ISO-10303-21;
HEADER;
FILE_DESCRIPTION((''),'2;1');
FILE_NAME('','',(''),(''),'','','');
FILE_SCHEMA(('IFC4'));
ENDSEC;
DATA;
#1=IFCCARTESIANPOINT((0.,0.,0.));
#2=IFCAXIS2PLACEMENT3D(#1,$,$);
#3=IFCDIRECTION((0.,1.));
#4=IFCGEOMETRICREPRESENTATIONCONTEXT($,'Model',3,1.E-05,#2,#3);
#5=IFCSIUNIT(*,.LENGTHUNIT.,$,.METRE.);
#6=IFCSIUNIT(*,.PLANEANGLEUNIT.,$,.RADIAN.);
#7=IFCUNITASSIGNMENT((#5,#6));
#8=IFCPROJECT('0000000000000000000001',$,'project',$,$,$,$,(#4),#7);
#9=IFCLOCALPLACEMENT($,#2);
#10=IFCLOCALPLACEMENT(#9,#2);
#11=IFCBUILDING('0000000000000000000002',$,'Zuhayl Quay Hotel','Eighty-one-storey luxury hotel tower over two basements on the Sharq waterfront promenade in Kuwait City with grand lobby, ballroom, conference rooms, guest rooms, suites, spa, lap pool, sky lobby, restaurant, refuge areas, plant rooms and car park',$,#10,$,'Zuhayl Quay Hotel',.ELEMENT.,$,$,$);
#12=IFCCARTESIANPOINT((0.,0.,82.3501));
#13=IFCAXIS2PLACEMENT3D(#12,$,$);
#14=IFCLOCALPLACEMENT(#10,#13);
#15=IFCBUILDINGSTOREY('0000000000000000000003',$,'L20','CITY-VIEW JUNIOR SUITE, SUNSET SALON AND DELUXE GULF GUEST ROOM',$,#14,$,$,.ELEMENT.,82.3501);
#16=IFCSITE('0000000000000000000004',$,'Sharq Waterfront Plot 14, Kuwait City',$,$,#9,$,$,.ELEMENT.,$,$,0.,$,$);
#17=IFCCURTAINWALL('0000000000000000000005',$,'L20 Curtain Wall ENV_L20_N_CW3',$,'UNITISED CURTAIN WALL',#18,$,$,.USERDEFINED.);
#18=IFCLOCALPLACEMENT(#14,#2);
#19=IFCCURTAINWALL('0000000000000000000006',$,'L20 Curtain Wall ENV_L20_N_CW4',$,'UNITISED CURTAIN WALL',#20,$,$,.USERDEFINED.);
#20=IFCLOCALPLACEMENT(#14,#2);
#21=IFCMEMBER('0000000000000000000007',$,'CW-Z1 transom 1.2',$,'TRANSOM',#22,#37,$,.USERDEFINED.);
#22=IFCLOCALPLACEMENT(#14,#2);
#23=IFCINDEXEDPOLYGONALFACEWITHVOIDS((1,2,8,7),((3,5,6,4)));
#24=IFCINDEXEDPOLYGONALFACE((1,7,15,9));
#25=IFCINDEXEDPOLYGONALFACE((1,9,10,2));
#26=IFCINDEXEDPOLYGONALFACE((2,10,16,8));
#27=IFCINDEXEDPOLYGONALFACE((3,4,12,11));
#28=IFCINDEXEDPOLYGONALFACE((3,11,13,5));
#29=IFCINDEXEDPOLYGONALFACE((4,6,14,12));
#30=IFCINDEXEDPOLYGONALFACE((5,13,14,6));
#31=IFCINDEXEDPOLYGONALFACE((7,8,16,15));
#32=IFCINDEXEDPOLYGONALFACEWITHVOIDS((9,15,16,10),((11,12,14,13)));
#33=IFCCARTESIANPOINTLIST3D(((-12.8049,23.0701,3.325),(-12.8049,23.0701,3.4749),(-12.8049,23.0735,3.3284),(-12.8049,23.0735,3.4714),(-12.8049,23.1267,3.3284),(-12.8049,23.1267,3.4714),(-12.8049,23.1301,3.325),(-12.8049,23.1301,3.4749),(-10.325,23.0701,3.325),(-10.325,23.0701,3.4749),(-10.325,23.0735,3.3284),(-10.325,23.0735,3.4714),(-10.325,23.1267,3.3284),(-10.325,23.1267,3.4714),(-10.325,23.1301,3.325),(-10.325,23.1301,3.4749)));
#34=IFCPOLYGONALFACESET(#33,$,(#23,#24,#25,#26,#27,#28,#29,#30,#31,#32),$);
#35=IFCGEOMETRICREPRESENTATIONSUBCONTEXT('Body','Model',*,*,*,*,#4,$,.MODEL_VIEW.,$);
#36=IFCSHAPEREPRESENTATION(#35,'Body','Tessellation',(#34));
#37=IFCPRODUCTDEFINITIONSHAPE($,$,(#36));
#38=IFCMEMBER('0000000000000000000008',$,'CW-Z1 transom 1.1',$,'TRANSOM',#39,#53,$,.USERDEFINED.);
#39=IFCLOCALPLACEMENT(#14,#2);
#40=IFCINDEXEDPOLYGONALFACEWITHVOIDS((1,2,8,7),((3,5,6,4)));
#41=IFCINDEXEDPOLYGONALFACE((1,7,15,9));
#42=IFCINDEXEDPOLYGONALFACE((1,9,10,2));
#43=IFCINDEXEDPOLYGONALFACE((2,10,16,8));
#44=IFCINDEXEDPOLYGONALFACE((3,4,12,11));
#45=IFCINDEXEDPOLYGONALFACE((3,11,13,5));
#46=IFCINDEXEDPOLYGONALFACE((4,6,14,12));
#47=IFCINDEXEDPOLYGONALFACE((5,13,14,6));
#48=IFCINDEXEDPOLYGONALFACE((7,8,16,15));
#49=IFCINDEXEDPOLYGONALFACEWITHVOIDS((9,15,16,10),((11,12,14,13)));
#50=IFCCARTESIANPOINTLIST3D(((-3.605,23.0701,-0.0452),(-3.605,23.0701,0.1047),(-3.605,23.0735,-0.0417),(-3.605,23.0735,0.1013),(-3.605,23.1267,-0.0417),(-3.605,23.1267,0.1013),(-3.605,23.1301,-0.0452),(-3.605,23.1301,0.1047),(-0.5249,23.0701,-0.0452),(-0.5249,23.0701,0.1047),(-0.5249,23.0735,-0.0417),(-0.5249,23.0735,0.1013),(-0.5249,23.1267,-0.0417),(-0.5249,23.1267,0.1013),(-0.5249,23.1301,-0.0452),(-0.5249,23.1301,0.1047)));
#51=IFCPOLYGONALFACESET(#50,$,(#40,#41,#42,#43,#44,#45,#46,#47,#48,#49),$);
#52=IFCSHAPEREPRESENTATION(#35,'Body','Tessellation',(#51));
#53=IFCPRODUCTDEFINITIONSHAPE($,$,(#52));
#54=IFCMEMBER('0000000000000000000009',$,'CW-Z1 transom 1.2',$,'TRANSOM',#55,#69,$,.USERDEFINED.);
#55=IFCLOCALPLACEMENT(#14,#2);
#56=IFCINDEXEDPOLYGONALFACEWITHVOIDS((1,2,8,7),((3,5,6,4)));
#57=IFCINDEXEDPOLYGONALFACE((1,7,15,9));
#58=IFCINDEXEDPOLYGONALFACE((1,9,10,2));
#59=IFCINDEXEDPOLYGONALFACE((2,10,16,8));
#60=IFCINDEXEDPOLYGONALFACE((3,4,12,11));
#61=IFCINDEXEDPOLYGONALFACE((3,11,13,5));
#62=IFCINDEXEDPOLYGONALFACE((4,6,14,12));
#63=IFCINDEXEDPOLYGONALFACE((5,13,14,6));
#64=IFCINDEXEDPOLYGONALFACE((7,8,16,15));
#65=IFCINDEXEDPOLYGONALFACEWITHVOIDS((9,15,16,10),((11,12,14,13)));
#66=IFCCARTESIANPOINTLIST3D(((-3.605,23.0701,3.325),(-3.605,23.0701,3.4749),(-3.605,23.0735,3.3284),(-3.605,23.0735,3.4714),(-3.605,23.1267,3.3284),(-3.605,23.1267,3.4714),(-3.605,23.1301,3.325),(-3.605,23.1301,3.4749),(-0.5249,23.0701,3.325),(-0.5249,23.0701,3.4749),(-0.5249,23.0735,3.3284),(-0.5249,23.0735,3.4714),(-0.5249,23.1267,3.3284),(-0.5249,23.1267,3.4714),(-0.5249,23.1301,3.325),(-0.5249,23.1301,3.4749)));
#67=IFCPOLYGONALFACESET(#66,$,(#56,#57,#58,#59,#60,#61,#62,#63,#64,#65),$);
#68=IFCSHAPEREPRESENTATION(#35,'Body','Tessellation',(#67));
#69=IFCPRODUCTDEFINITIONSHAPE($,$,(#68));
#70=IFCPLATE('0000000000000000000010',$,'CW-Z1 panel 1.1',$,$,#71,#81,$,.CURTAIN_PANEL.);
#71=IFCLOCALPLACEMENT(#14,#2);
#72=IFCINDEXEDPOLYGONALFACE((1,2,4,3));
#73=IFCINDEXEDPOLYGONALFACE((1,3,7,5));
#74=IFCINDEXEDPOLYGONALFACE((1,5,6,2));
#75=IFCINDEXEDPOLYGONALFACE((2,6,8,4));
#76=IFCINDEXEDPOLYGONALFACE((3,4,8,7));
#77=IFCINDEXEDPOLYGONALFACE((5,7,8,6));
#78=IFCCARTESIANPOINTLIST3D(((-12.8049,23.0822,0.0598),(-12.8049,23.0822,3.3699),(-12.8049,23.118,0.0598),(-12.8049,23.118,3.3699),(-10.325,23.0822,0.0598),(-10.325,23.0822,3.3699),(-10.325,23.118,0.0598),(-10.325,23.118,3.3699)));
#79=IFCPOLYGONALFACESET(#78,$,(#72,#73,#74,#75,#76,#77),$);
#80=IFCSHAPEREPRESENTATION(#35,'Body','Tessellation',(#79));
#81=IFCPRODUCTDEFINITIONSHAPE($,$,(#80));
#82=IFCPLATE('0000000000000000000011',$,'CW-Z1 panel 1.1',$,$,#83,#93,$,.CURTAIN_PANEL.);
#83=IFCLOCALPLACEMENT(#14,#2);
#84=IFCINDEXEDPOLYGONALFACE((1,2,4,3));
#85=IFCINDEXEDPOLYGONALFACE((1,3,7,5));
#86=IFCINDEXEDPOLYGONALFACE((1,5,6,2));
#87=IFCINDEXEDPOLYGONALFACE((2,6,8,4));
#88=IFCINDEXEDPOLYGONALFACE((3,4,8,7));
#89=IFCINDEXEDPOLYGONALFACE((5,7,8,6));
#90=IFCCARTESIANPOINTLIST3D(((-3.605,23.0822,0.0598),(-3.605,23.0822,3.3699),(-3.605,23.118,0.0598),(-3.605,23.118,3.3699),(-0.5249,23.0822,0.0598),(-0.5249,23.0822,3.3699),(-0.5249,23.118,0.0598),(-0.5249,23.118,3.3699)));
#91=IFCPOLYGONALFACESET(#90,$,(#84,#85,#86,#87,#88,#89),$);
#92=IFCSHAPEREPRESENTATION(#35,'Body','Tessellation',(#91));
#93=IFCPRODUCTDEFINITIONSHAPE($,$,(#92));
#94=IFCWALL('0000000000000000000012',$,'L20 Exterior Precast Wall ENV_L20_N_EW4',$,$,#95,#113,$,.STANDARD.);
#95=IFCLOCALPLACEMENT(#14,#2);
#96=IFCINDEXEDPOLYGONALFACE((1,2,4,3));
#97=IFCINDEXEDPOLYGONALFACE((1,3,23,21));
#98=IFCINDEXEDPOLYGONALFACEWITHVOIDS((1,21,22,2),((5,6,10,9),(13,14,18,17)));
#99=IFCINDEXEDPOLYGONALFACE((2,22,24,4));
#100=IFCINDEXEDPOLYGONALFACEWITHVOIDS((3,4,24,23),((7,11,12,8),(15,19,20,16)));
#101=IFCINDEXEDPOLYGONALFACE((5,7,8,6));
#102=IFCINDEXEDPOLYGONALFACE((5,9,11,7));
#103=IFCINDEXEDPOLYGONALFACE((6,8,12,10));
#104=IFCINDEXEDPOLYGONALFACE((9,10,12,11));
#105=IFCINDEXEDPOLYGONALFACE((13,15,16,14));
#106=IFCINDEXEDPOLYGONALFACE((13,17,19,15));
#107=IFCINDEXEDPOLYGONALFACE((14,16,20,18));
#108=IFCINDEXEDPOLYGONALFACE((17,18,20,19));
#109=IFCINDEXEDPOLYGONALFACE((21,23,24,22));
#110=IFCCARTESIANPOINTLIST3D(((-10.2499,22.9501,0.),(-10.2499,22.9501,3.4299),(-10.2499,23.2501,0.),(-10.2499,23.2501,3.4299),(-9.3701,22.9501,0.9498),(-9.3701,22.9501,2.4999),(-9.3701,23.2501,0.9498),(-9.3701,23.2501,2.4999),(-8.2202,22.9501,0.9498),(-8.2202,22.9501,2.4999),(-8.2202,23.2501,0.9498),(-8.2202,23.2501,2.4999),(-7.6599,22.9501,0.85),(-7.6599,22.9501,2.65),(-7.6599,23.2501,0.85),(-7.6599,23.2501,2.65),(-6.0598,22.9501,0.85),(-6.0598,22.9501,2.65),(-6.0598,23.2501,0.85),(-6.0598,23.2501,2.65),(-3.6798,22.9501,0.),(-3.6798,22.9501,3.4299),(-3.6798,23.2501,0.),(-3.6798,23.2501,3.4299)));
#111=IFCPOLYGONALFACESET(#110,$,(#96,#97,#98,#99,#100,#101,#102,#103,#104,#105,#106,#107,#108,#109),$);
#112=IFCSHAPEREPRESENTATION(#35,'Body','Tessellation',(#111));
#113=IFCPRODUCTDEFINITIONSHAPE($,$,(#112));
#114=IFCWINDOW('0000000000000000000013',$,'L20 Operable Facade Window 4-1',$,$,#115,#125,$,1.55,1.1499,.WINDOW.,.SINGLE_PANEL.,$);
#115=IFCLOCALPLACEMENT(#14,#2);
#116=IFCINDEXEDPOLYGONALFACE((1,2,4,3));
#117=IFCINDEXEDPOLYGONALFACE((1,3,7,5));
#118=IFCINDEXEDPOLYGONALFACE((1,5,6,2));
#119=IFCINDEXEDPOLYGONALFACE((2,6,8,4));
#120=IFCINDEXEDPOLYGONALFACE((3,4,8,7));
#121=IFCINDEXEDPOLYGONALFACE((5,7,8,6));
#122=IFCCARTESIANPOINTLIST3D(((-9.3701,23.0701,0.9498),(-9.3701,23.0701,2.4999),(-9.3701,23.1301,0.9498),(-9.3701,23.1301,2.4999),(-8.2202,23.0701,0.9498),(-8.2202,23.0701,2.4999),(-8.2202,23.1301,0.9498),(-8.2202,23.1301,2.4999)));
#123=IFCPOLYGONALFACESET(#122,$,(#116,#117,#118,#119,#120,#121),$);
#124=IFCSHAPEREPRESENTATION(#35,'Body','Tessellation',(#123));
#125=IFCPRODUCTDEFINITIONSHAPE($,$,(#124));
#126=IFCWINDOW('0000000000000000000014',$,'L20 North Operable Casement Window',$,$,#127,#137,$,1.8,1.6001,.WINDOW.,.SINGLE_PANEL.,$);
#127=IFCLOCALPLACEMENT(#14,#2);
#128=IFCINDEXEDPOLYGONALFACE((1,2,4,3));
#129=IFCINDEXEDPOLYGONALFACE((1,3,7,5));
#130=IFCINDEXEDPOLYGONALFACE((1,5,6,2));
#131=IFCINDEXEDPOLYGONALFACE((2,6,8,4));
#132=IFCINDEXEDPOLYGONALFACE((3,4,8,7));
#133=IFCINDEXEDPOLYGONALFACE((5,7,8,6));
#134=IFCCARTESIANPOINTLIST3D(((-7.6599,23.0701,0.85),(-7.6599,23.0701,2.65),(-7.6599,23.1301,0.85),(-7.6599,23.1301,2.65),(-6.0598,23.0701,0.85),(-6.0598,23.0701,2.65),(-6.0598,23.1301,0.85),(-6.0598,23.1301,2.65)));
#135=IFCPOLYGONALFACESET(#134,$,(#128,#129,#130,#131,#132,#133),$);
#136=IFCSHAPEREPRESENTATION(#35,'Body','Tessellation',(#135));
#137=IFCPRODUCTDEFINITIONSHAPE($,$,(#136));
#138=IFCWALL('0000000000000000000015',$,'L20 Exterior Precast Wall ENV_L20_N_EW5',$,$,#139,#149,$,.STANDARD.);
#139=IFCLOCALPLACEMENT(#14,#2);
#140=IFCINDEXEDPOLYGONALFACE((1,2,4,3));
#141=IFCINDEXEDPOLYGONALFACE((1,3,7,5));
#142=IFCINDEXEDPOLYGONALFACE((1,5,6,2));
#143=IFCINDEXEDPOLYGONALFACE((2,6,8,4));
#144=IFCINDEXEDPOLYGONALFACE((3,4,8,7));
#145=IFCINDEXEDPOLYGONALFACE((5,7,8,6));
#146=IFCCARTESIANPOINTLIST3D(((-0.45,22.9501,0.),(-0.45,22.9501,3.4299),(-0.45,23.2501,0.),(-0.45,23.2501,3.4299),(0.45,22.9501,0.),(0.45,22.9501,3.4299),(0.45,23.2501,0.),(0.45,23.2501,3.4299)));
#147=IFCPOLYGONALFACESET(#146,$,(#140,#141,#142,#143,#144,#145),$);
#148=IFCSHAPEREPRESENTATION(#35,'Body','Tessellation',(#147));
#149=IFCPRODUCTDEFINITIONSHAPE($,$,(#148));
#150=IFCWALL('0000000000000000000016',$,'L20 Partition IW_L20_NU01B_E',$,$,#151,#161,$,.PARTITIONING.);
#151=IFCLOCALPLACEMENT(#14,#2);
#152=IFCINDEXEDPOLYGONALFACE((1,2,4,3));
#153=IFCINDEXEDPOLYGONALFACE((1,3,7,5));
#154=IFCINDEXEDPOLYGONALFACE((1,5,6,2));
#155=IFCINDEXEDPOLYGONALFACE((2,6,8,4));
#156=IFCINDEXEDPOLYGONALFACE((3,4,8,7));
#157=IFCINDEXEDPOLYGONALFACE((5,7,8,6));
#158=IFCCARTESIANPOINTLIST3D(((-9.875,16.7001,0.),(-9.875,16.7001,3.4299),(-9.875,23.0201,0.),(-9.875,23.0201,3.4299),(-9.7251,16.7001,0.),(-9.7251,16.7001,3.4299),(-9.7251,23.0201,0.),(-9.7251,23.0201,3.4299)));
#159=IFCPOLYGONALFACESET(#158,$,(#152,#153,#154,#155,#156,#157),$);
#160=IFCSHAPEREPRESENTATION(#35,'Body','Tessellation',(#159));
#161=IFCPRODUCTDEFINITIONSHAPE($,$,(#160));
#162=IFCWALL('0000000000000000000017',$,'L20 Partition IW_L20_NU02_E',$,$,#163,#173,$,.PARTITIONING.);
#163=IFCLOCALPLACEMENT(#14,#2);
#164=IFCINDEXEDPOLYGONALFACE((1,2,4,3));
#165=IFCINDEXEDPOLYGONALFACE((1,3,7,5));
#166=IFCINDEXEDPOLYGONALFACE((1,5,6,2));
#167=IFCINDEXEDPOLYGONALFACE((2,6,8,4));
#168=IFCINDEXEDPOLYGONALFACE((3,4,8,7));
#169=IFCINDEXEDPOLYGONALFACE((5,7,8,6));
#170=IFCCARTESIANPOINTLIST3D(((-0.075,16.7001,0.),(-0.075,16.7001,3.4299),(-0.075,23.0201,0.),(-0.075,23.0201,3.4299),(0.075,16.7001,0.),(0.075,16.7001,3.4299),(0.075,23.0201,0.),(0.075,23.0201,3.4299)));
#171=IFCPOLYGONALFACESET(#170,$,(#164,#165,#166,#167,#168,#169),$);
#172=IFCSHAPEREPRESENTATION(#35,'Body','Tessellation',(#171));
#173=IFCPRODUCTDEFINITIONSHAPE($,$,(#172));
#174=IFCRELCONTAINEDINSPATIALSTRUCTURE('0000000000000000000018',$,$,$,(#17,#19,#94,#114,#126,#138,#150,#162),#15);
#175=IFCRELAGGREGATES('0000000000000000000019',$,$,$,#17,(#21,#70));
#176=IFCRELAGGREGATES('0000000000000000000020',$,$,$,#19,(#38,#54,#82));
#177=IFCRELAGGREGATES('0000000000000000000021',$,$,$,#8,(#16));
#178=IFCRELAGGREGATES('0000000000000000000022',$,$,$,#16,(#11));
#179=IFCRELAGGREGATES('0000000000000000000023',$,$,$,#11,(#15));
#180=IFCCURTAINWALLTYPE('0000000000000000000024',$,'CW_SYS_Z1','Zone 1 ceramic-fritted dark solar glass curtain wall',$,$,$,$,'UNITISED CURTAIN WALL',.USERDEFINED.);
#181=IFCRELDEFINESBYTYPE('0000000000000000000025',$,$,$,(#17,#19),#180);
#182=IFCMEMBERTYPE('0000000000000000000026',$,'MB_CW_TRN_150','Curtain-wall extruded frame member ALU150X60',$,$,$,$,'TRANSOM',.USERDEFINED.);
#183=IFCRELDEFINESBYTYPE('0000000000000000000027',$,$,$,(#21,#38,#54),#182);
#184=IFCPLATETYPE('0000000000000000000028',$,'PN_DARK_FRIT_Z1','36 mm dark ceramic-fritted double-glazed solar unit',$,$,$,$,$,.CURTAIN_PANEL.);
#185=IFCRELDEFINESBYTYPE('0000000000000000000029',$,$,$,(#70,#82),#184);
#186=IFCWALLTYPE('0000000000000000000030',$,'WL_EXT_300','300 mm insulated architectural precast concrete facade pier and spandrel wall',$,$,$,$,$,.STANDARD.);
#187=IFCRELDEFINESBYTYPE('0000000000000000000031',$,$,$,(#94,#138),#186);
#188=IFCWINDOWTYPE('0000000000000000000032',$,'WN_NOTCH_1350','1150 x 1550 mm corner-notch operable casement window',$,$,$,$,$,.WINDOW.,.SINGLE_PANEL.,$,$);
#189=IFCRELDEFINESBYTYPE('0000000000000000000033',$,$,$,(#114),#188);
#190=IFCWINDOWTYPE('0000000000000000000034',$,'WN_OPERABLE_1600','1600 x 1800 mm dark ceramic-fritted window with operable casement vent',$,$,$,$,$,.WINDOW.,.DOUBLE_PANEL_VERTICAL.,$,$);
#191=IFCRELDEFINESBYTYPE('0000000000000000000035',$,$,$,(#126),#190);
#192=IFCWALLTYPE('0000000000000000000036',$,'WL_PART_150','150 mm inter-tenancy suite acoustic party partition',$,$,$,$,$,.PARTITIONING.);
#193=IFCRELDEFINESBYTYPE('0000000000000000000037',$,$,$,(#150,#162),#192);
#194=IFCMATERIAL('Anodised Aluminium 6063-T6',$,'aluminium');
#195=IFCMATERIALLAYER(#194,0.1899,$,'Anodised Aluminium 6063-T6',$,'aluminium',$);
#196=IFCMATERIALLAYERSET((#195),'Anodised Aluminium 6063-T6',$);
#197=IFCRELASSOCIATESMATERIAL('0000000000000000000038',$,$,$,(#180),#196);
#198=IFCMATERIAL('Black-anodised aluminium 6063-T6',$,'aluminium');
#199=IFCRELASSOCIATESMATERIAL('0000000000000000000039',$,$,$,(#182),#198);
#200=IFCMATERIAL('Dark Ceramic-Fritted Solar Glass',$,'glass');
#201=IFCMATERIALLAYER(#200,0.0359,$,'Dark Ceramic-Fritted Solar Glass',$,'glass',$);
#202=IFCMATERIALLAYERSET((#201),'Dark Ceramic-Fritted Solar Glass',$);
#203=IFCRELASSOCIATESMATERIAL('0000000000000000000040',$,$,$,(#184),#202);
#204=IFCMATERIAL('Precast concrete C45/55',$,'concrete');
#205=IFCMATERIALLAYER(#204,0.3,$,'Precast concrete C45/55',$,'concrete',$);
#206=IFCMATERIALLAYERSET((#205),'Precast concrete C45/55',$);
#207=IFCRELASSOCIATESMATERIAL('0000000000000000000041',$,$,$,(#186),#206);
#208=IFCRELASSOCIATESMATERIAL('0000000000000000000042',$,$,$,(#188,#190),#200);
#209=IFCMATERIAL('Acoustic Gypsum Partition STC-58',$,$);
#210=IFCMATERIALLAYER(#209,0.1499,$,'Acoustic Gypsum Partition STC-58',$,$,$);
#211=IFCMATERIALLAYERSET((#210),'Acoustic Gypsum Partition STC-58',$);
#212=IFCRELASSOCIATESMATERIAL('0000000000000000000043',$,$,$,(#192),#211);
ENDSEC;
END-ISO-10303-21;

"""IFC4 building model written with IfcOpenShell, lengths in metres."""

from ifc_helpers import new_model, si_unit, direction, frame, frame_2d, origin, origin_2d, place, context, subcontext, project, spatial, rectangle, hollow_rectangle, extrude, material, layer, layer_set, material_profile, profile_set, type_object, element, fill, aggregate, save


model = new_model("IFC4")

# Units and contexts
model_context = context("Model", 3, precision=1e-05, world=origin(), true_north=direction((0.0, 1.0)))
body_context = subcontext(model_context, "Body", "Model", "MODEL_VIEW")
ifc_project = project(units=[si_unit("LENGTHUNIT", "METRE"), si_unit("PLANEANGLEUNIT", "RADIAN")], contexts=[model_context])

# Site, building, storey
site_placement = place(None, origin())
site = spatial("IfcSite", under=ifc_project, at=site_placement, Name="Sharq Waterfront Plot 14, Kuwait City", CompositionType="ELEMENT", RefElevation=0.0)
building_placement = place(site_placement, origin())
building = spatial("IfcBuilding", under=site, at=building_placement, Name="Zuhayl Quay Hotel", Description="Eighty-one-storey luxury hotel tower over two basements on the Sharq waterfront promenade in Kuwait City with grand lobby, ballroom, conference rooms, guest rooms, suites, spa, lap pool, sky lobby, restaurant, refuge areas, plant rooms and car park", LongName="Zuhayl Quay Hotel", CompositionType="ELEMENT")
storey_placement = place(building_placement, frame((0.0, 0.0, 82.3501)))
storey = spatial("IfcBuildingStorey", under=building, at=storey_placement, Name="L20", Description="CITY-VIEW JUNIOR SUITE, SUNSET SALON AND DELUXE GULF GUEST ROOM", CompositionType="ELEMENT", Elevation=82.3501)

# Curtain walls
ifc_material_1 = material(Name="Anodised Aluminium 6063-T6", Category="aluminium")
ifc_layer_1 = layer(ifc_material_1, 0.1899, Name="Anodised Aluminium 6063-T6", Category="aluminium")
ifc_layer_set_1 = layer_set([ifc_layer_1], Name="Anodised Aluminium 6063-T6")
curtain_wall_type = type_object("IfcCurtainWallType", Name="CW_SYS_Z1", Description="Zone 1 ceramic-fritted dark solar glass curtain wall", ElementType="UNITISED CURTAIN WALL", PredefinedType="USERDEFINED", material=ifc_layer_set_1)
curtain_wall_1_placement = place(storey_placement, origin())
curtain_wall_1 = element("IfcCurtainWall", 1, at=curtain_wall_1_placement, inside=storey, type_object=curtain_wall_type, Name="L20 Curtain Wall ENV_L20_N_CW3", ObjectType="UNITISED CURTAIN WALL", PredefinedType="USERDEFINED")
ifc_material_2 = material(Name="Black-anodised aluminium 6063-T6", Category="aluminium")
curtain_wall_2_placement = place(storey_placement, origin())
curtain_wall_2 = element("IfcCurtainWall", 2, at=curtain_wall_2_placement, inside=storey, type_object=curtain_wall_type, Name="L20 Curtain Wall ENV_L20_N_CW4", ObjectType="UNITISED CURTAIN WALL", PredefinedType="USERDEFINED")

# Members
ifc_material_profile_1 = material_profile(ifc_material_2, hollow_rectangle(XDim=0.0601, YDim=0.1499, WallThickness=0.0034, at=origin_2d()), Name="ALU150X60")
ifc_profile_set_1 = profile_set([ifc_material_profile_1], Name="Black-anodised aluminium 6063-T6")
member_type_1 = type_object("IfcMemberType", Name="MB_CW_TRN_150", Description="Curtain-wall extruded frame member ALU150X60", ElementType="TRANSOM", PredefinedType="USERDEFINED", material=ifc_profile_set_1)
member_1_placement = place(storey_placement, frame((-12.8049, 23.1001, 3.3999), z_axis=(1.0, 0.0, 0.0), x_axis=(0.0, 1.0, 0.0)))
member_1 = element("IfcMember", 3, at=member_1_placement, type_object=member_type_1, Name="CW-Z1 transom 1.2", ObjectType="TRANSOM", PredefinedType="USERDEFINED", context=body_context, shape_type="SweptSolid", body=[
    extrude(hollow_rectangle(XDim=0.0601, YDim=0.1499, WallThickness=0.0034, at=origin_2d()), origin(), (0.0, 0.0, 1.0), 2.48),
])
member_2_placement = place(storey_placement, frame((-3.605, 23.1001, 0.0298), z_axis=(1.0, 0.0, 0.0), x_axis=(0.0, 1.0, 0.0)))
member_2 = element("IfcMember", 4, at=member_2_placement, type_object=member_type_1, Name="CW-Z1 transom 1.1", ObjectType="TRANSOM", PredefinedType="USERDEFINED", context=body_context, shape_type="SweptSolid", body=[
    extrude(hollow_rectangle(XDim=0.0601, YDim=0.1499, WallThickness=0.0034, at=origin_2d()), origin(), (0.0, 0.0, 1.0), 3.0801),
])
member_3_placement = place(storey_placement, frame((-3.605, 23.1001, 3.3999), z_axis=(1.0, 0.0, 0.0), x_axis=(0.0, 1.0, 0.0)))
member_3 = element("IfcMember", 5, at=member_3_placement, type_object=member_type_1, Name="CW-Z1 transom 1.2", ObjectType="TRANSOM", PredefinedType="USERDEFINED", context=body_context, shape_type="SweptSolid", body=[
    extrude(hollow_rectangle(XDim=0.0601, YDim=0.1499, WallThickness=0.0034, at=origin_2d()), origin(), (0.0, 0.0, 1.0), 3.0801),
])

# Plates
ifc_material_3 = material(Name="Dark Ceramic-Fritted Solar Glass", Category="glass")
ifc_layer_2 = layer(ifc_material_3, 0.0359, Name="Dark Ceramic-Fritted Solar Glass", Category="glass")
ifc_layer_set_2 = layer_set([ifc_layer_2], Name="Dark Ceramic-Fritted Solar Glass")
plate_type = type_object("IfcPlateType", Name="PN_DARK_FRIT_Z1", Description="36 mm dark ceramic-fritted double-glazed solar unit", PredefinedType="CURTAIN_PANEL", material=ifc_layer_set_2)
plate_1_placement = place(storey_placement, frame((-11.5649, 23.1001, 0.0598), z_axis=(0.0, 0.0, 1.0), x_axis=(1.0, 0.0, 0.0)))
plate_1 = element("IfcPlate", 6, at=plate_1_placement, type_object=plate_type, Name="CW-Z1 panel 1.1", PredefinedType="CURTAIN_PANEL", context=body_context, shape_type="SweptSolid", body=[
    extrude(rectangle(XDim=2.48, YDim=0.0359, at=origin_2d()), origin(), (0.0, 0.0, 1.0), 3.3101),
])
aggregate(curtain_wall_1, [member_1, plate_1])
plate_2_placement = place(storey_placement, frame((-2.0649, 23.1001, 0.0598), z_axis=(0.0, 0.0, 1.0), x_axis=(1.0, 0.0, 0.0)))
plate_2 = element("IfcPlate", 7, at=plate_2_placement, type_object=plate_type, Name="CW-Z1 panel 1.1", PredefinedType="CURTAIN_PANEL", context=body_context, shape_type="SweptSolid", body=[
    extrude(rectangle(XDim=3.0801, YDim=0.0359, at=origin_2d()), origin(), (0.0, 0.0, 1.0), 3.3101),
])
aggregate(curtain_wall_2, [member_2, member_3, plate_2])

# Wall, openings, windows
ifc_material_4 = material(Name="Precast concrete C45/55", Category="concrete")
ifc_layer_3 = layer(ifc_material_4, 0.3, Name="Precast concrete C45/55", Category="concrete")
ifc_layer_set_3 = layer_set([ifc_layer_3], Name="Precast concrete C45/55")
wall_type_1 = type_object("IfcWallType", Name="WL_EXT_300", Description="300 mm insulated architectural precast concrete facade pier and spandrel wall", PredefinedType="STANDARD", material=ifc_layer_set_3)
wall_1_placement = place(storey_placement, frame((-10.25, 23.1001, 0.0), z_axis=(0.0, 0.0, 1.0), x_axis=(1.0, 0.0, 0.0)))
wall_1 = element("IfcWall", 8, at=wall_1_placement, inside=storey, type_object=wall_type_1, Name="L20 Exterior Precast Wall ENV_L20_N_EW4", PredefinedType="STANDARD", context=body_context, shape_type="SweptSolid", body=[
    extrude(rectangle(XDim=6.5701, YDim=0.3, at=frame_2d((3.2852, 0.0))), origin(), (0.0, 0.0, 1.0), 3.4299),
])
opening_1_placement = place(wall_1_placement, frame((2.5901, 0.0, 0.8501)))
opening_1 = element("IfcOpeningElement", 9, at=opening_1_placement, cuts=wall_1, PredefinedType="OPENING", context=body_context, shape_type="SweptSolid", body=[
    extrude(rectangle(XDim=1.6001, YDim=1.8, at=frame_2d((0.8, 0.8999))), frame((0.0, 0.1599, 0.0), z_axis=(0.0, -1.0, 0.0), x_axis=(1.0, 0.0, 0.0)), (0.0, 0.0, 1.0), 0.3201),
])
opening_2_placement = place(wall_1_placement, frame((0.8799, 0.0, 0.95)))
opening_2 = element("IfcOpeningElement", 10, at=opening_2_placement, cuts=wall_1, PredefinedType="OPENING", context=body_context, shape_type="SweptSolid", body=[
    extrude(rectangle(XDim=1.1499, YDim=1.55, at=frame_2d((0.575, 0.7749))), frame((0.0, 0.1599, 0.0), z_axis=(0.0, -1.0, 0.0), x_axis=(1.0, 0.0, 0.0)), (0.0, 0.0, 1.0), 0.3201),
])
window_type_1 = type_object("IfcWindowType", Name="WN_NOTCH_1350", Description="1150 x 1550 mm corner-notch operable casement window", PartitioningType="SINGLE_PANEL", PredefinedType="WINDOW", material=ifc_material_3)
window_1_placement = place(opening_2_placement, origin())
window_1 = element("IfcWindow", 11, at=window_1_placement, inside=storey, type_object=window_type_1, Name="L20 Operable Facade Window 4-1", OverallHeight=1.55, OverallWidth=1.1499, PartitioningType="SINGLE_PANEL", PredefinedType="WINDOW", context=body_context, shape_type="SweptSolid", body=[
    extrude(rectangle(XDim=1.1499, YDim=1.55, at=frame_2d((0.575, 0.7749))), frame((0.0, 0.03, 0.0), z_axis=(0.0, -1.0, 0.0), x_axis=(1.0, 0.0, 0.0)), (0.0, 0.0, 1.0), 0.0601),
])
fill(opening_2, window_1)
window_type_2 = type_object("IfcWindowType", Name="WN_OPERABLE_1600", Description="1600 x 1800 mm dark ceramic-fritted window with operable casement vent", PartitioningType="DOUBLE_PANEL_VERTICAL", PredefinedType="WINDOW", material=ifc_material_3)
window_2_placement = place(opening_1_placement, origin())
window_2 = element("IfcWindow", 12, at=window_2_placement, inside=storey, type_object=window_type_2, Name="L20 North Operable Casement Window", OverallHeight=1.8, OverallWidth=1.6001, PartitioningType="SINGLE_PANEL", PredefinedType="WINDOW", context=body_context, shape_type="SweptSolid", body=[
    extrude(rectangle(XDim=1.6001, YDim=1.8, at=frame_2d((0.8, 0.8999))), frame((0.0, 0.03, 0.0), z_axis=(0.0, -1.0, 0.0), x_axis=(1.0, 0.0, 0.0)), (0.0, 0.0, 1.0), 0.0601),
])
fill(opening_1, window_2)

# Walls
wall_2_placement = place(storey_placement, frame((-0.45, 23.1001, 0.0), z_axis=(0.0, 0.0, 1.0), x_axis=(1.0, 0.0, 0.0)))
element("IfcWall", 13, at=wall_2_placement, inside=storey, type_object=wall_type_1, Name="L20 Exterior Precast Wall ENV_L20_N_EW5", PredefinedType="STANDARD", context=body_context, shape_type="SweptSolid", body=[
    extrude(rectangle(XDim=0.8999, YDim=0.3, at=frame_2d((0.45, 0.0))), origin(), (0.0, 0.0, 1.0), 3.4299),
])
ifc_material_5 = material(Name="Acoustic Gypsum Partition STC-58")
ifc_layer_4 = layer(ifc_material_5, 0.1499, Name="Acoustic Gypsum Partition STC-58")
ifc_layer_set_4 = layer_set([ifc_layer_4], Name="Acoustic Gypsum Partition STC-58")
wall_type_2 = type_object("IfcWallType", Name="WL_PART_150", Description="150 mm inter-tenancy suite acoustic party partition", PredefinedType="PARTITIONING", material=ifc_layer_set_4)
for number, where, z_axis, x_axis, name in (
    (14, (-9.8, 16.7, 0.0), (0.0, 0.0, 1.0), (0.0, 1.0, 0.0), "L20 Partition IW_L20_NU01B_E"),
    (15, (0.0, 16.7, 0.0), (0.0, 0.0, 1.0), (0.0, 1.0, 0.0), "L20 Partition IW_L20_NU02_E"),
):
    element("IfcWall", number, at=place(storey_placement, frame(where, z_axis=z_axis, x_axis=x_axis)), inside=storey, type_object=wall_type_2, Name=name, PredefinedType="PARTITIONING", context=body_context, shape_type="SweptSolid", body=[
        extrude(rectangle(XDim=6.3201, YDim=0.1499, at=frame_2d((3.1602, 0.0))), origin(), (0.0, 0.0, 1.0), 3.4299),
    ])

save(model, "model.ifc")
